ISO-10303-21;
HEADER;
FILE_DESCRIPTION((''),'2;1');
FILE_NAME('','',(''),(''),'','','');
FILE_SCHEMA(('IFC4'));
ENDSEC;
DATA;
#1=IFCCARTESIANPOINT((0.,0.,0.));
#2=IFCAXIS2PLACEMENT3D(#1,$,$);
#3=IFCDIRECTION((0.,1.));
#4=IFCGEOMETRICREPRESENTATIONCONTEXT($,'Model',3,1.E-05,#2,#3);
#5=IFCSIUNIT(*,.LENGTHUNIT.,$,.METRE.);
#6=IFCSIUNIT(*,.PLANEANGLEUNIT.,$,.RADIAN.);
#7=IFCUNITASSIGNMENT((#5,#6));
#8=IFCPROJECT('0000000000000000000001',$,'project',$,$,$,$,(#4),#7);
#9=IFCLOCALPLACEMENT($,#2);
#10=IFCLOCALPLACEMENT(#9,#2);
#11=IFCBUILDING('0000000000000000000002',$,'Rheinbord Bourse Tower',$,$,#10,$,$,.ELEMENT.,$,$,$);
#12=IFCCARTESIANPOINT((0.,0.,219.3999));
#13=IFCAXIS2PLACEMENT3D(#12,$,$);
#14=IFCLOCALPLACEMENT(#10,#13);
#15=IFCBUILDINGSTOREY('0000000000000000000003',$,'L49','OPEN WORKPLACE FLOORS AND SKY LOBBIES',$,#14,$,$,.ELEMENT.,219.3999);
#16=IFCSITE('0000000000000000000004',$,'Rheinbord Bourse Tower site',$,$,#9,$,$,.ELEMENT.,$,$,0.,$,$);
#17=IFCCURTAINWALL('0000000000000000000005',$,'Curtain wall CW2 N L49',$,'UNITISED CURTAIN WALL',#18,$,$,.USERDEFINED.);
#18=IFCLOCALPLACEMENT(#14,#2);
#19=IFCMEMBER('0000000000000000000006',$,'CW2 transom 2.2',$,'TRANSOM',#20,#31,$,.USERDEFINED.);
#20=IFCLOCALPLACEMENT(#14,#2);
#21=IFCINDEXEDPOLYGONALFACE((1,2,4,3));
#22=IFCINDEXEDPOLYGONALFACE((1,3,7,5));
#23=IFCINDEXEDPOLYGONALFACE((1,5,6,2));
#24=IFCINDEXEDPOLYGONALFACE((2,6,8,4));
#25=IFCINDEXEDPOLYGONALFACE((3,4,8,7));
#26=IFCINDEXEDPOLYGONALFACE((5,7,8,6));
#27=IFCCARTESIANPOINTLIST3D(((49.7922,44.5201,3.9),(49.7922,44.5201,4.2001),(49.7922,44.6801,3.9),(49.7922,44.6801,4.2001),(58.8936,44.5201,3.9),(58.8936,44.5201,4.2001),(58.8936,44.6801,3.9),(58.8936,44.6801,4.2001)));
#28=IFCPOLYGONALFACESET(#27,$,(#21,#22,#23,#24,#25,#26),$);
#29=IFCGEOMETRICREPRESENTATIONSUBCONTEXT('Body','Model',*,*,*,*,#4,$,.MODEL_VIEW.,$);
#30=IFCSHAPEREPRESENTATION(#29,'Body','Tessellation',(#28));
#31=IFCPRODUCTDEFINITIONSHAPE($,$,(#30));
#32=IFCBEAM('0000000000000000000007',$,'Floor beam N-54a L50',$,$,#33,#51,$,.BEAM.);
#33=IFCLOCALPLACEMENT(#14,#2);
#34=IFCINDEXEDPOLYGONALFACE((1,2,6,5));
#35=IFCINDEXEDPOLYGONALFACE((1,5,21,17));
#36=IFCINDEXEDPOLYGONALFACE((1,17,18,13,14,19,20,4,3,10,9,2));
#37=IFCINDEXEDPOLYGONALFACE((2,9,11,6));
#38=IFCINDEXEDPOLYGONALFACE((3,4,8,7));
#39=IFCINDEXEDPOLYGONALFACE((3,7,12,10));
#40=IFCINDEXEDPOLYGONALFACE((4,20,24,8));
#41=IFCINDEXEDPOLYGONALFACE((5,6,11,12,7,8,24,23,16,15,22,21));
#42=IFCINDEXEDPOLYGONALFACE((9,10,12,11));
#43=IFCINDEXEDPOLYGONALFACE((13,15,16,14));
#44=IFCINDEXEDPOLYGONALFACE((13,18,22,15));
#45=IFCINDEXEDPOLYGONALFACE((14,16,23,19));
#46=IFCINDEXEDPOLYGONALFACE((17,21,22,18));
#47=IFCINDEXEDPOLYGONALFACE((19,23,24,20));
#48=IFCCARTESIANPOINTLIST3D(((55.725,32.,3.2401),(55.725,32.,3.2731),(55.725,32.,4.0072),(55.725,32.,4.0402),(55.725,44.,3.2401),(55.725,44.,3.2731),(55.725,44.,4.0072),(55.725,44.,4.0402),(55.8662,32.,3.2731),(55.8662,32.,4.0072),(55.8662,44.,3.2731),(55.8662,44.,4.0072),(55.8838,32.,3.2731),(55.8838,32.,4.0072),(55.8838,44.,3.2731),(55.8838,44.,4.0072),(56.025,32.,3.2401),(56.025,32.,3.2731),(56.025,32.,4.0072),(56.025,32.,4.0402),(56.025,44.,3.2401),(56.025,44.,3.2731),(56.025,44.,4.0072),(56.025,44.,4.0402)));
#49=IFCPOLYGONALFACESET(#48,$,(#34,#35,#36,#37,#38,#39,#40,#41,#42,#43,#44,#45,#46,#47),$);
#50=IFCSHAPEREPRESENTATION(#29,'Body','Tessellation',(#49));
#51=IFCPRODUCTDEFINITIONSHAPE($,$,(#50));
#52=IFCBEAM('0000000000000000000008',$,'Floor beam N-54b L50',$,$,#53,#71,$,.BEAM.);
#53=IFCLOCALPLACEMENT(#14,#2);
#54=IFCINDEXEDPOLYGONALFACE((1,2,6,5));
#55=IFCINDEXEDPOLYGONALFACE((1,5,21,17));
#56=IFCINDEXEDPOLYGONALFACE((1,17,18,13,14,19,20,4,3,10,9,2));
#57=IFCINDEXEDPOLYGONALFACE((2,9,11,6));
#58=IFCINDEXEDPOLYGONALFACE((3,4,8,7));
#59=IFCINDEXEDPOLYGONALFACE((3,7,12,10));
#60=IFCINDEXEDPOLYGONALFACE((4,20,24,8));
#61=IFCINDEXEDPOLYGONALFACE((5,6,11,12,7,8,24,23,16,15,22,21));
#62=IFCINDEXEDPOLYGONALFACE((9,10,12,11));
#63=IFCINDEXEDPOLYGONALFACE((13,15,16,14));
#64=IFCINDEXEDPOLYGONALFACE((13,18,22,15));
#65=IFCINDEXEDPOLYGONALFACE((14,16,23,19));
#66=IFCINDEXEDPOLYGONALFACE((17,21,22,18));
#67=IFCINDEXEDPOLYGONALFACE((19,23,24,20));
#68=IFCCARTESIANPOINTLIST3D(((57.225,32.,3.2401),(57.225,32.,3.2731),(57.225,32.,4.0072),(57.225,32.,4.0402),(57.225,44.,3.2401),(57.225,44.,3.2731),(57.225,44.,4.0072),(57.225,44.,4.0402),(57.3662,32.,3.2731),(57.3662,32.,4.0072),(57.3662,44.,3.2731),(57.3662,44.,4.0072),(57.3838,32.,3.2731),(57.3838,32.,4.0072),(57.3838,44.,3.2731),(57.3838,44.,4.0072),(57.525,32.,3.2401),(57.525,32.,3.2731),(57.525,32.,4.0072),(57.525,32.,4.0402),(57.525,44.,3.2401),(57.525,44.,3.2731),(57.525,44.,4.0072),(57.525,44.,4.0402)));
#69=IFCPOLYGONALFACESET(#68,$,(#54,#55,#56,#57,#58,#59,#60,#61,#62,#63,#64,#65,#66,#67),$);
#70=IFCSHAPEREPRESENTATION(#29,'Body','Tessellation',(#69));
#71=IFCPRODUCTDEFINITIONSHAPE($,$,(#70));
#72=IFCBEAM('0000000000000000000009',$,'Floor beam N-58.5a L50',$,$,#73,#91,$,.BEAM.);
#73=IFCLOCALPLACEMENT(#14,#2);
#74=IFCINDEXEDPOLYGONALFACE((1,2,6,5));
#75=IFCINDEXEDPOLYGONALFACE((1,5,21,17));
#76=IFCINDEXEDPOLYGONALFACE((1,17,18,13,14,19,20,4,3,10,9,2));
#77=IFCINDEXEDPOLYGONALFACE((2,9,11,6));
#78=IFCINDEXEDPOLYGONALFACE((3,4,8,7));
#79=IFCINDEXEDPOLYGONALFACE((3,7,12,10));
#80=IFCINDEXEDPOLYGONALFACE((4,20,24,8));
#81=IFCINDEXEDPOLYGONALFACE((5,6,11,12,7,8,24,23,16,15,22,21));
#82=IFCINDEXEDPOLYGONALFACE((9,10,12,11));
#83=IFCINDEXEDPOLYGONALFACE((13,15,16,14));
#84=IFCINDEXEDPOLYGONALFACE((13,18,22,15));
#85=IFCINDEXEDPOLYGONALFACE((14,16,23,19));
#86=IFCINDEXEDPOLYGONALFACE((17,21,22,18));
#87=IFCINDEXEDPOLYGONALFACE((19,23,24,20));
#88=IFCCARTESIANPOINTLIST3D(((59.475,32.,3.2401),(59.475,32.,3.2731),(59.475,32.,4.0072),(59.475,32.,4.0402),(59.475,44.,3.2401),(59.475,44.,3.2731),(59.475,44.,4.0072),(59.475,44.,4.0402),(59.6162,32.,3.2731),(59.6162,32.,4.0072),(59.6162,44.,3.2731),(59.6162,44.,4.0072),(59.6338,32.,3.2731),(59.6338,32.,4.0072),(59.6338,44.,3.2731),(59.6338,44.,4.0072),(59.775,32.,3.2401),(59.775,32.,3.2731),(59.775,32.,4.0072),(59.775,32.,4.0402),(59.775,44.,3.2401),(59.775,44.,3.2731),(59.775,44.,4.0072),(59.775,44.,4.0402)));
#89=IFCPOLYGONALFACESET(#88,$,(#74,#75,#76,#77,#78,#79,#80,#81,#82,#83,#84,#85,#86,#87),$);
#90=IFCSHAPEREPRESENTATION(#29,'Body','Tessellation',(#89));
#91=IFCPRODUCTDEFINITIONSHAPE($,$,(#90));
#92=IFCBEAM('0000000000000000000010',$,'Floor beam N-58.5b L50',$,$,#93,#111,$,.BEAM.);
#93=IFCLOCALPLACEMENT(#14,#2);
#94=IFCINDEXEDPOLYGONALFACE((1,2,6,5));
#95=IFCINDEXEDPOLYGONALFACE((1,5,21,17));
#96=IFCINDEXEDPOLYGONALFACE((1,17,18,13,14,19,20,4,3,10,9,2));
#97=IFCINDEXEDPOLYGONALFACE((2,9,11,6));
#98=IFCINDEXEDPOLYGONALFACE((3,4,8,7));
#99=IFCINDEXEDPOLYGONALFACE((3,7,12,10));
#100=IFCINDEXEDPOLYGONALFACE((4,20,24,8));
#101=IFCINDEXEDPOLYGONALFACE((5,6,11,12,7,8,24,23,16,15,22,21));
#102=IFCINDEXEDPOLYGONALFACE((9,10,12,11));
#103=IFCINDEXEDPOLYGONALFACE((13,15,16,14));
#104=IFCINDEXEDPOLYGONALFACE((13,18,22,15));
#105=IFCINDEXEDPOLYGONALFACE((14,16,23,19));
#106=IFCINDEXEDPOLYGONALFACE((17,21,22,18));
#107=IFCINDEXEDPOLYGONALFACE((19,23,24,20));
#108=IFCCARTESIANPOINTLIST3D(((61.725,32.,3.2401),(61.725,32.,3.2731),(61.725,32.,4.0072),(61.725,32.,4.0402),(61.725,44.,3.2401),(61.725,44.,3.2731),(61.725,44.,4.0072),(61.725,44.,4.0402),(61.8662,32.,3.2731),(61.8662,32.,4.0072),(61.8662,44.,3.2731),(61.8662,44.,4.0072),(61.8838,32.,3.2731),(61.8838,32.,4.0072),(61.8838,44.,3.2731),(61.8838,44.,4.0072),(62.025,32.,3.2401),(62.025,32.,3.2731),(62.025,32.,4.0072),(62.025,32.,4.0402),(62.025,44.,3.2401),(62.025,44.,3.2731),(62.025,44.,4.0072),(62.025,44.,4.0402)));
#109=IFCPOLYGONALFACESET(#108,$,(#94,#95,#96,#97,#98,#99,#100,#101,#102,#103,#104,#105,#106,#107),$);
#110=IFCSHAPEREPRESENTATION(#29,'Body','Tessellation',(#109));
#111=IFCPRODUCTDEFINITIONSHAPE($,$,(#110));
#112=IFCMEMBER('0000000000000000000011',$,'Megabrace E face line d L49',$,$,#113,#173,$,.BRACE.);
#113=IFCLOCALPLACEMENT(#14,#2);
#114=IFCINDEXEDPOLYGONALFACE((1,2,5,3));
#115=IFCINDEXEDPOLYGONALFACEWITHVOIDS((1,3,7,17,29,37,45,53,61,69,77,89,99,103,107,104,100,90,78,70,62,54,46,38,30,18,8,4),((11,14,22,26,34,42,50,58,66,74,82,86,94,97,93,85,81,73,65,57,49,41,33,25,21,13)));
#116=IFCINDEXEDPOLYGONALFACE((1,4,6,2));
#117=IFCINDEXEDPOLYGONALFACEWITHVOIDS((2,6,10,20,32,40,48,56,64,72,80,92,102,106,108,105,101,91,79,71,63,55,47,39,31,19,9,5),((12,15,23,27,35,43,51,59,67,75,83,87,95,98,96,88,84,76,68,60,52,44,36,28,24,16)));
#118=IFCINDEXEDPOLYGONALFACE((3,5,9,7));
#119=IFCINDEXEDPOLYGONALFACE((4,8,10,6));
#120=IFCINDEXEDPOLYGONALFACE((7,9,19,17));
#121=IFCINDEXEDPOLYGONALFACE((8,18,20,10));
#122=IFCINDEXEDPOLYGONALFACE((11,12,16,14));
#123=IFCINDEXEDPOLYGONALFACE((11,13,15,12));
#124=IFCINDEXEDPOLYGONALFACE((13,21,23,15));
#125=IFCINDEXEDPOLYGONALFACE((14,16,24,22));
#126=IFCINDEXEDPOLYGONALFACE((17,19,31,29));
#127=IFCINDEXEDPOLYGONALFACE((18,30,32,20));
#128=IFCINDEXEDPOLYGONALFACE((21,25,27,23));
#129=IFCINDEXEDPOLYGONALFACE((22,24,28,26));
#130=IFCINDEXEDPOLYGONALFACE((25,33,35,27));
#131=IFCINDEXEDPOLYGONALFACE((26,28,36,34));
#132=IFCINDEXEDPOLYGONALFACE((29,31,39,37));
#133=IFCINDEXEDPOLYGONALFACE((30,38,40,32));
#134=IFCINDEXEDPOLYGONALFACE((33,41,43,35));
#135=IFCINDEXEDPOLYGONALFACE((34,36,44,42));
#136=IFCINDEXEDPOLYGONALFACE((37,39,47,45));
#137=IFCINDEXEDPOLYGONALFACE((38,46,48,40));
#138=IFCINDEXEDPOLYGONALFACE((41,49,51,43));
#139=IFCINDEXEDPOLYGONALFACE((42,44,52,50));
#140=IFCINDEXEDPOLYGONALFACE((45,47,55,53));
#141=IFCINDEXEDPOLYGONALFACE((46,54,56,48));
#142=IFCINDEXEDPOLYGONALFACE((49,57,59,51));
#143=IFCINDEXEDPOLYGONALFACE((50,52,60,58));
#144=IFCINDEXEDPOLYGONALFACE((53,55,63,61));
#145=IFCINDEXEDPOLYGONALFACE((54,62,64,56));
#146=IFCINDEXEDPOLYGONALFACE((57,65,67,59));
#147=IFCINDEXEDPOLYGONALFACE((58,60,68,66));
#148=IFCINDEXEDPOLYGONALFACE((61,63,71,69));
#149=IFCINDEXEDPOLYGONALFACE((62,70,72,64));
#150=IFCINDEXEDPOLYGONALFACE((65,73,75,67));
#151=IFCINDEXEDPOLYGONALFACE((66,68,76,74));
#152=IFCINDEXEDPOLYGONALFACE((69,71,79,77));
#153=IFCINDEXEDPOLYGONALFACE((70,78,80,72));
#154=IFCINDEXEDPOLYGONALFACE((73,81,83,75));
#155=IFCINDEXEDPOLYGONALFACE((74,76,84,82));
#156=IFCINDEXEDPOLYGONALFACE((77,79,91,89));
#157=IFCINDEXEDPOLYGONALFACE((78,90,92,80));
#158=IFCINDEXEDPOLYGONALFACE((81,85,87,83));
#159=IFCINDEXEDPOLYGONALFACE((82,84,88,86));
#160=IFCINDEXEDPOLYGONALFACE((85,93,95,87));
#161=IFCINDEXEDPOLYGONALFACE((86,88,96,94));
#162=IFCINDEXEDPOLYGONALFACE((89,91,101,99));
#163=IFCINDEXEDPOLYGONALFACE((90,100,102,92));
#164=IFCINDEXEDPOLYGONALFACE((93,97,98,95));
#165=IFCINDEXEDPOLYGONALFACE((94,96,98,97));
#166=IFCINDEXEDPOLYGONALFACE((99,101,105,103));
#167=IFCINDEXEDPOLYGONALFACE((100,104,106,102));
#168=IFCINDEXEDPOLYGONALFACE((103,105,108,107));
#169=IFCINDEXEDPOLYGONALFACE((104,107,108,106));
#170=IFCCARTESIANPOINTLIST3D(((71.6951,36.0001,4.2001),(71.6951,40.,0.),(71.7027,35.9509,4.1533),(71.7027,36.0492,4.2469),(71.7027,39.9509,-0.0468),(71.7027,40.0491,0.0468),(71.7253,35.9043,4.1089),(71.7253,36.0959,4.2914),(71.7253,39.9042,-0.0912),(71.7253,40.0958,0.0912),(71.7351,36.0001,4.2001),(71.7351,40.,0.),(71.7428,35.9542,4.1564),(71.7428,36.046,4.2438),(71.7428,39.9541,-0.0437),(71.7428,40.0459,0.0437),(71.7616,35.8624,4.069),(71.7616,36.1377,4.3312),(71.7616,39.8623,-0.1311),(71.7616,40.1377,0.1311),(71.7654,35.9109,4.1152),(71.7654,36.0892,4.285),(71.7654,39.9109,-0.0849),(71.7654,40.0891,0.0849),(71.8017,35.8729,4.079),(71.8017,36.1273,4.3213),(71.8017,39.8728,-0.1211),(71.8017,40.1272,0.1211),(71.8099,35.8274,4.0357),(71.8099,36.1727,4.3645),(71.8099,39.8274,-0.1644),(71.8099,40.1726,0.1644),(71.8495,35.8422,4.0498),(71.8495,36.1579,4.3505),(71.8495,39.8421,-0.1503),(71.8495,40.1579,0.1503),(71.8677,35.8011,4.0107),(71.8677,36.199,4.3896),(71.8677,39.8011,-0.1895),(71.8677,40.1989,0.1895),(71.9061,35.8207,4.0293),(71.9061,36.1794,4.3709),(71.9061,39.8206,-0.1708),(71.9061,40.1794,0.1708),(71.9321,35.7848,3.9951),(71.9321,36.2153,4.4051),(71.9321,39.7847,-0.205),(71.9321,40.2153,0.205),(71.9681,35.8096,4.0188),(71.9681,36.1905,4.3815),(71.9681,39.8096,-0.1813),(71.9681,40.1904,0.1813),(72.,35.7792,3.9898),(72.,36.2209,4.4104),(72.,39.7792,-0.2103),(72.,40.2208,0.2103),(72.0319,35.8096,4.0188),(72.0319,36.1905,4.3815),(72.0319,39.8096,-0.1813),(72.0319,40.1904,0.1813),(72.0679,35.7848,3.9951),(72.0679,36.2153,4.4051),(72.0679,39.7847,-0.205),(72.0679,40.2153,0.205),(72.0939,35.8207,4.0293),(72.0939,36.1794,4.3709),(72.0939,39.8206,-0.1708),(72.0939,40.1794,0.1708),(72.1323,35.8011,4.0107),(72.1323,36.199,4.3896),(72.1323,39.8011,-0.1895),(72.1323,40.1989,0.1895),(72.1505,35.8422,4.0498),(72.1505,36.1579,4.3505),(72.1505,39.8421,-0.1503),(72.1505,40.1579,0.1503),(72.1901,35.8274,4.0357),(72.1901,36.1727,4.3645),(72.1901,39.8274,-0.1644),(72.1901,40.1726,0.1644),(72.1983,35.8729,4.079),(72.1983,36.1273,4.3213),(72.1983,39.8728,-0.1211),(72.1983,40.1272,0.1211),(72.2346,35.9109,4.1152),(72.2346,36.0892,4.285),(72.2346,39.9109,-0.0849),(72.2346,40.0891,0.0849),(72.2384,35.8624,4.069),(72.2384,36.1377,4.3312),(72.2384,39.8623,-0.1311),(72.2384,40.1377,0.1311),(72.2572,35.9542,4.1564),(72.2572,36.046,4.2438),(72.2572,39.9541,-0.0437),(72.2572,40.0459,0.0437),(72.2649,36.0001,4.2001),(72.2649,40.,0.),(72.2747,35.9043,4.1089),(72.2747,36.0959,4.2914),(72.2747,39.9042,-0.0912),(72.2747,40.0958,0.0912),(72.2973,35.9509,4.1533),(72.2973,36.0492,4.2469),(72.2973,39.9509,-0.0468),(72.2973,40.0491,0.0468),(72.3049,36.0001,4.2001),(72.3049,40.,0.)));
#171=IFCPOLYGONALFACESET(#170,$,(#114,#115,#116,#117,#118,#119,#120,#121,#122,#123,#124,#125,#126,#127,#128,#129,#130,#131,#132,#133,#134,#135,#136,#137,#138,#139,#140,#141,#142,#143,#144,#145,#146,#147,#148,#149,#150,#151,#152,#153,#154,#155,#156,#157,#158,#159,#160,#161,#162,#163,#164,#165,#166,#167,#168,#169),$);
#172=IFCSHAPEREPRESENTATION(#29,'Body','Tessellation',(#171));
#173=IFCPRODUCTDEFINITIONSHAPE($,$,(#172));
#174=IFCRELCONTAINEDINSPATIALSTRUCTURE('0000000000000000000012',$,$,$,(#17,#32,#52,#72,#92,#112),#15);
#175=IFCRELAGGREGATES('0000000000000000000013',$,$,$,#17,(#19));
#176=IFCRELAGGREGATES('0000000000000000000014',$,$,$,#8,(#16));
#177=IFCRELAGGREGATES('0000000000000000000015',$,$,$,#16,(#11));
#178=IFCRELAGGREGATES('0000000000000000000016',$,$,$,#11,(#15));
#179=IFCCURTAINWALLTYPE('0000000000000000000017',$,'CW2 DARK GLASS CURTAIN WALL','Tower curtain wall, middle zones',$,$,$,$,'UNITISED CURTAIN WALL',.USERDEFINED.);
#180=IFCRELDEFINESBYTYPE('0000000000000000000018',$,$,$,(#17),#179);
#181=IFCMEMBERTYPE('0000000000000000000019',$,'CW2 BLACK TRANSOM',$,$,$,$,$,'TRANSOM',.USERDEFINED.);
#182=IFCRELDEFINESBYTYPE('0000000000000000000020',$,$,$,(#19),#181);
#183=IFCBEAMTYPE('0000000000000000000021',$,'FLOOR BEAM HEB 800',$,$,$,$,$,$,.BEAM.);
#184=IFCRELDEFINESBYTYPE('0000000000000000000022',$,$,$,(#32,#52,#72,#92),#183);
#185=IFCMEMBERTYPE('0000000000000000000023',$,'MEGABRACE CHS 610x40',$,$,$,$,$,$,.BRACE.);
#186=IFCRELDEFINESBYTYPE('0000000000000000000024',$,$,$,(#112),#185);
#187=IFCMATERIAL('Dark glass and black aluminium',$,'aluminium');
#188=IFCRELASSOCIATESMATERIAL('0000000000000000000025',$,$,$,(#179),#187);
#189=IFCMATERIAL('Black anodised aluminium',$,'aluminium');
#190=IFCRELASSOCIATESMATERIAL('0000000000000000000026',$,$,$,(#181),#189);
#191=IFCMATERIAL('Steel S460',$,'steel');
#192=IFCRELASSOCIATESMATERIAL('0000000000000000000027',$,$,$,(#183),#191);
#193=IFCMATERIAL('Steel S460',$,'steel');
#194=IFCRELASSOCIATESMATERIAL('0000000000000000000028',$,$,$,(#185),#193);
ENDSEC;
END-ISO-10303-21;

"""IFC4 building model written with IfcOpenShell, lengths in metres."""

from ifc_helpers import new_model, si_unit, direction, frame, origin, origin_2d, place, context, subcontext, project, spatial, rectangle, hollow_circle, i_section, extrude, material, material_profile, profile_set, type_object, element, aggregate, save


model = new_model("IFC4")

# Units and contexts
model_context = context("Model", 3, precision=1e-05, world=origin(), true_north=direction((0.0, 1.0)))
body_context = subcontext(model_context, "Body", "Model", "MODEL_VIEW")
ifc_project = project(units=[si_unit("LENGTHUNIT", "METRE"), si_unit("PLANEANGLEUNIT", "RADIAN")], contexts=[model_context])

# Site, building, storey
site_placement = place(None, origin())
site = spatial("IfcSite", under=ifc_project, at=site_placement, Name="Rheinbord Bourse Tower site", CompositionType="ELEMENT", RefElevation=0.0)
building_placement = place(site_placement, origin())
building = spatial("IfcBuilding", under=site, at=building_placement, Name="Rheinbord Bourse Tower", CompositionType="ELEMENT")
storey_placement = place(building_placement, frame((0.0, 0.0, 219.3999)))
storey = spatial("IfcBuildingStorey", under=building, at=storey_placement, Name="L49", Description="OPEN WORKPLACE FLOORS AND SKY LOBBIES", CompositionType="ELEMENT", Elevation=219.3999)

# Curtain wall
ifc_material_1 = material(Name="Dark glass and black aluminium", Category="aluminium")
curtain_wall_type = type_object("IfcCurtainWallType", Name="CW2 DARK GLASS CURTAIN WALL", Description="Tower curtain wall, middle zones", ElementType="UNITISED CURTAIN WALL", PredefinedType="USERDEFINED", material=ifc_material_1)
curtain_wall_1_placement = place(storey_placement, origin())
curtain_wall_1 = element("IfcCurtainWall", 1, at=curtain_wall_1_placement, inside=storey, type_object=curtain_wall_type, Name="Curtain wall CW2 N L49", ObjectType="UNITISED CURTAIN WALL", PredefinedType="USERDEFINED")

# Member
ifc_material_2 = material(Name="Black anodised aluminium", Category="aluminium")
ifc_material_profile_1 = material_profile(ifc_material_2, rectangle(XDim=0.1599, YDim=0.3, at=origin_2d()), Name="CW2 TRANSOM 300x160")
ifc_profile_set_1 = profile_set([ifc_material_profile_1], Name="Black anodised aluminium")
member_type_1 = type_object("IfcMemberType", Name="CW2 BLACK TRANSOM", ElementType="TRANSOM", PredefinedType="USERDEFINED", material=ifc_profile_set_1)
member_1_placement = place(storey_placement, frame((58.8936, 44.6001, 4.05), z_axis=(-1.0, 0.0, 0.0), x_axis=(0.0, -1.0, 0.0)))
member_1 = element("IfcMember", 2, at=member_1_placement, type_object=member_type_1, Name="CW2 transom 2.2", ObjectType="TRANSOM", PredefinedType="USERDEFINED", context=body_context, shape_type="SweptSolid", body=[
    extrude(rectangle(XDim=0.1599, YDim=0.3, at=origin_2d()), origin(), (0.0, 0.0, 1.0), 9.1013),
])

# Beams
ifc_material_3 = material(Name="Steel S460", Category="steel")
ifc_material_profile_2 = material_profile(ifc_material_3, i_section(OverallWidth=0.3, OverallDepth=0.8, WebThickness=0.0176, FlangeThickness=0.033, at=origin_2d()), Name="HEB 800")
ifc_profile_set_2 = profile_set([ifc_material_profile_2], Name="Steel S460")
beam_type_1 = type_object("IfcBeamType", Name="FLOOR BEAM HEB 800", PredefinedType="BEAM", material=ifc_profile_set_2)
for number, where, z_axis, x_axis, name in (
    (3, (55.875, 44.0, 3.6401), (0.0, -1.0, 0.0), (1.0, 0.0, 0.0), "Floor beam N-54a L50"),
    (4, (57.375, 44.0, 3.6401), (0.0, -1.0, 0.0), (1.0, 0.0, 0.0), "Floor beam N-54b L50"),
    (5, (59.625, 44.0, 3.6401), (0.0, -1.0, 0.0), (1.0, 0.0, 0.0), "Floor beam N-58.5a L50"),
    (6, (61.875, 44.0, 3.6401), (0.0, -1.0, 0.0), (1.0, 0.0, 0.0), "Floor beam N-58.5b L50"),
):
    element("IfcBeam", number, at=place(storey_placement, frame(where, z_axis=z_axis, x_axis=x_axis)), inside=storey, type_object=beam_type_1, Name=name, PredefinedType="BEAM", context=body_context, shape_type="SweptSolid", body=[
        extrude(i_section(OverallWidth=0.3, OverallDepth=0.8, WebThickness=0.0176, FlangeThickness=0.033, at=origin_2d()), origin(), (0.0, 0.0, 1.0), 12.0),
    ])

# Member
ifc_material_4 = material(Name="Steel S460", Category="steel")
ifc_material_profile_3 = material_profile(ifc_material_4, hollow_circle(Radius=0.3049, WallThickness=0.04, at=origin_2d()), Name="CHS 610x40")
ifc_profile_set_3 = profile_set([ifc_material_profile_3], Name="Steel S460")
member_type_2 = type_object("IfcMemberType", Name="MEGABRACE CHS 610x40", PredefinedType="BRACE", material=ifc_profile_set_3)
member_2_placement = place(storey_placement, frame((72.0, 40.0, 0.0), z_axis=(0.0, -0.689638, 0.724154), x_axis=(1.0, 0.0, 0.0)))
element("IfcMember", 7, at=member_2_placement, inside=storey, type_object=member_type_2, Name="Megabrace E face line d L49", PredefinedType="BRACE", context=body_context, shape_type="SweptSolid", body=[
    extrude(hollow_circle(Radius=0.3049, WallThickness=0.04, at=origin_2d()), origin(), (0.0, 0.0, 1.0), 5.8),
])

aggregate(curtain_wall_1, [member_1])

save(model, "model.ifc")
